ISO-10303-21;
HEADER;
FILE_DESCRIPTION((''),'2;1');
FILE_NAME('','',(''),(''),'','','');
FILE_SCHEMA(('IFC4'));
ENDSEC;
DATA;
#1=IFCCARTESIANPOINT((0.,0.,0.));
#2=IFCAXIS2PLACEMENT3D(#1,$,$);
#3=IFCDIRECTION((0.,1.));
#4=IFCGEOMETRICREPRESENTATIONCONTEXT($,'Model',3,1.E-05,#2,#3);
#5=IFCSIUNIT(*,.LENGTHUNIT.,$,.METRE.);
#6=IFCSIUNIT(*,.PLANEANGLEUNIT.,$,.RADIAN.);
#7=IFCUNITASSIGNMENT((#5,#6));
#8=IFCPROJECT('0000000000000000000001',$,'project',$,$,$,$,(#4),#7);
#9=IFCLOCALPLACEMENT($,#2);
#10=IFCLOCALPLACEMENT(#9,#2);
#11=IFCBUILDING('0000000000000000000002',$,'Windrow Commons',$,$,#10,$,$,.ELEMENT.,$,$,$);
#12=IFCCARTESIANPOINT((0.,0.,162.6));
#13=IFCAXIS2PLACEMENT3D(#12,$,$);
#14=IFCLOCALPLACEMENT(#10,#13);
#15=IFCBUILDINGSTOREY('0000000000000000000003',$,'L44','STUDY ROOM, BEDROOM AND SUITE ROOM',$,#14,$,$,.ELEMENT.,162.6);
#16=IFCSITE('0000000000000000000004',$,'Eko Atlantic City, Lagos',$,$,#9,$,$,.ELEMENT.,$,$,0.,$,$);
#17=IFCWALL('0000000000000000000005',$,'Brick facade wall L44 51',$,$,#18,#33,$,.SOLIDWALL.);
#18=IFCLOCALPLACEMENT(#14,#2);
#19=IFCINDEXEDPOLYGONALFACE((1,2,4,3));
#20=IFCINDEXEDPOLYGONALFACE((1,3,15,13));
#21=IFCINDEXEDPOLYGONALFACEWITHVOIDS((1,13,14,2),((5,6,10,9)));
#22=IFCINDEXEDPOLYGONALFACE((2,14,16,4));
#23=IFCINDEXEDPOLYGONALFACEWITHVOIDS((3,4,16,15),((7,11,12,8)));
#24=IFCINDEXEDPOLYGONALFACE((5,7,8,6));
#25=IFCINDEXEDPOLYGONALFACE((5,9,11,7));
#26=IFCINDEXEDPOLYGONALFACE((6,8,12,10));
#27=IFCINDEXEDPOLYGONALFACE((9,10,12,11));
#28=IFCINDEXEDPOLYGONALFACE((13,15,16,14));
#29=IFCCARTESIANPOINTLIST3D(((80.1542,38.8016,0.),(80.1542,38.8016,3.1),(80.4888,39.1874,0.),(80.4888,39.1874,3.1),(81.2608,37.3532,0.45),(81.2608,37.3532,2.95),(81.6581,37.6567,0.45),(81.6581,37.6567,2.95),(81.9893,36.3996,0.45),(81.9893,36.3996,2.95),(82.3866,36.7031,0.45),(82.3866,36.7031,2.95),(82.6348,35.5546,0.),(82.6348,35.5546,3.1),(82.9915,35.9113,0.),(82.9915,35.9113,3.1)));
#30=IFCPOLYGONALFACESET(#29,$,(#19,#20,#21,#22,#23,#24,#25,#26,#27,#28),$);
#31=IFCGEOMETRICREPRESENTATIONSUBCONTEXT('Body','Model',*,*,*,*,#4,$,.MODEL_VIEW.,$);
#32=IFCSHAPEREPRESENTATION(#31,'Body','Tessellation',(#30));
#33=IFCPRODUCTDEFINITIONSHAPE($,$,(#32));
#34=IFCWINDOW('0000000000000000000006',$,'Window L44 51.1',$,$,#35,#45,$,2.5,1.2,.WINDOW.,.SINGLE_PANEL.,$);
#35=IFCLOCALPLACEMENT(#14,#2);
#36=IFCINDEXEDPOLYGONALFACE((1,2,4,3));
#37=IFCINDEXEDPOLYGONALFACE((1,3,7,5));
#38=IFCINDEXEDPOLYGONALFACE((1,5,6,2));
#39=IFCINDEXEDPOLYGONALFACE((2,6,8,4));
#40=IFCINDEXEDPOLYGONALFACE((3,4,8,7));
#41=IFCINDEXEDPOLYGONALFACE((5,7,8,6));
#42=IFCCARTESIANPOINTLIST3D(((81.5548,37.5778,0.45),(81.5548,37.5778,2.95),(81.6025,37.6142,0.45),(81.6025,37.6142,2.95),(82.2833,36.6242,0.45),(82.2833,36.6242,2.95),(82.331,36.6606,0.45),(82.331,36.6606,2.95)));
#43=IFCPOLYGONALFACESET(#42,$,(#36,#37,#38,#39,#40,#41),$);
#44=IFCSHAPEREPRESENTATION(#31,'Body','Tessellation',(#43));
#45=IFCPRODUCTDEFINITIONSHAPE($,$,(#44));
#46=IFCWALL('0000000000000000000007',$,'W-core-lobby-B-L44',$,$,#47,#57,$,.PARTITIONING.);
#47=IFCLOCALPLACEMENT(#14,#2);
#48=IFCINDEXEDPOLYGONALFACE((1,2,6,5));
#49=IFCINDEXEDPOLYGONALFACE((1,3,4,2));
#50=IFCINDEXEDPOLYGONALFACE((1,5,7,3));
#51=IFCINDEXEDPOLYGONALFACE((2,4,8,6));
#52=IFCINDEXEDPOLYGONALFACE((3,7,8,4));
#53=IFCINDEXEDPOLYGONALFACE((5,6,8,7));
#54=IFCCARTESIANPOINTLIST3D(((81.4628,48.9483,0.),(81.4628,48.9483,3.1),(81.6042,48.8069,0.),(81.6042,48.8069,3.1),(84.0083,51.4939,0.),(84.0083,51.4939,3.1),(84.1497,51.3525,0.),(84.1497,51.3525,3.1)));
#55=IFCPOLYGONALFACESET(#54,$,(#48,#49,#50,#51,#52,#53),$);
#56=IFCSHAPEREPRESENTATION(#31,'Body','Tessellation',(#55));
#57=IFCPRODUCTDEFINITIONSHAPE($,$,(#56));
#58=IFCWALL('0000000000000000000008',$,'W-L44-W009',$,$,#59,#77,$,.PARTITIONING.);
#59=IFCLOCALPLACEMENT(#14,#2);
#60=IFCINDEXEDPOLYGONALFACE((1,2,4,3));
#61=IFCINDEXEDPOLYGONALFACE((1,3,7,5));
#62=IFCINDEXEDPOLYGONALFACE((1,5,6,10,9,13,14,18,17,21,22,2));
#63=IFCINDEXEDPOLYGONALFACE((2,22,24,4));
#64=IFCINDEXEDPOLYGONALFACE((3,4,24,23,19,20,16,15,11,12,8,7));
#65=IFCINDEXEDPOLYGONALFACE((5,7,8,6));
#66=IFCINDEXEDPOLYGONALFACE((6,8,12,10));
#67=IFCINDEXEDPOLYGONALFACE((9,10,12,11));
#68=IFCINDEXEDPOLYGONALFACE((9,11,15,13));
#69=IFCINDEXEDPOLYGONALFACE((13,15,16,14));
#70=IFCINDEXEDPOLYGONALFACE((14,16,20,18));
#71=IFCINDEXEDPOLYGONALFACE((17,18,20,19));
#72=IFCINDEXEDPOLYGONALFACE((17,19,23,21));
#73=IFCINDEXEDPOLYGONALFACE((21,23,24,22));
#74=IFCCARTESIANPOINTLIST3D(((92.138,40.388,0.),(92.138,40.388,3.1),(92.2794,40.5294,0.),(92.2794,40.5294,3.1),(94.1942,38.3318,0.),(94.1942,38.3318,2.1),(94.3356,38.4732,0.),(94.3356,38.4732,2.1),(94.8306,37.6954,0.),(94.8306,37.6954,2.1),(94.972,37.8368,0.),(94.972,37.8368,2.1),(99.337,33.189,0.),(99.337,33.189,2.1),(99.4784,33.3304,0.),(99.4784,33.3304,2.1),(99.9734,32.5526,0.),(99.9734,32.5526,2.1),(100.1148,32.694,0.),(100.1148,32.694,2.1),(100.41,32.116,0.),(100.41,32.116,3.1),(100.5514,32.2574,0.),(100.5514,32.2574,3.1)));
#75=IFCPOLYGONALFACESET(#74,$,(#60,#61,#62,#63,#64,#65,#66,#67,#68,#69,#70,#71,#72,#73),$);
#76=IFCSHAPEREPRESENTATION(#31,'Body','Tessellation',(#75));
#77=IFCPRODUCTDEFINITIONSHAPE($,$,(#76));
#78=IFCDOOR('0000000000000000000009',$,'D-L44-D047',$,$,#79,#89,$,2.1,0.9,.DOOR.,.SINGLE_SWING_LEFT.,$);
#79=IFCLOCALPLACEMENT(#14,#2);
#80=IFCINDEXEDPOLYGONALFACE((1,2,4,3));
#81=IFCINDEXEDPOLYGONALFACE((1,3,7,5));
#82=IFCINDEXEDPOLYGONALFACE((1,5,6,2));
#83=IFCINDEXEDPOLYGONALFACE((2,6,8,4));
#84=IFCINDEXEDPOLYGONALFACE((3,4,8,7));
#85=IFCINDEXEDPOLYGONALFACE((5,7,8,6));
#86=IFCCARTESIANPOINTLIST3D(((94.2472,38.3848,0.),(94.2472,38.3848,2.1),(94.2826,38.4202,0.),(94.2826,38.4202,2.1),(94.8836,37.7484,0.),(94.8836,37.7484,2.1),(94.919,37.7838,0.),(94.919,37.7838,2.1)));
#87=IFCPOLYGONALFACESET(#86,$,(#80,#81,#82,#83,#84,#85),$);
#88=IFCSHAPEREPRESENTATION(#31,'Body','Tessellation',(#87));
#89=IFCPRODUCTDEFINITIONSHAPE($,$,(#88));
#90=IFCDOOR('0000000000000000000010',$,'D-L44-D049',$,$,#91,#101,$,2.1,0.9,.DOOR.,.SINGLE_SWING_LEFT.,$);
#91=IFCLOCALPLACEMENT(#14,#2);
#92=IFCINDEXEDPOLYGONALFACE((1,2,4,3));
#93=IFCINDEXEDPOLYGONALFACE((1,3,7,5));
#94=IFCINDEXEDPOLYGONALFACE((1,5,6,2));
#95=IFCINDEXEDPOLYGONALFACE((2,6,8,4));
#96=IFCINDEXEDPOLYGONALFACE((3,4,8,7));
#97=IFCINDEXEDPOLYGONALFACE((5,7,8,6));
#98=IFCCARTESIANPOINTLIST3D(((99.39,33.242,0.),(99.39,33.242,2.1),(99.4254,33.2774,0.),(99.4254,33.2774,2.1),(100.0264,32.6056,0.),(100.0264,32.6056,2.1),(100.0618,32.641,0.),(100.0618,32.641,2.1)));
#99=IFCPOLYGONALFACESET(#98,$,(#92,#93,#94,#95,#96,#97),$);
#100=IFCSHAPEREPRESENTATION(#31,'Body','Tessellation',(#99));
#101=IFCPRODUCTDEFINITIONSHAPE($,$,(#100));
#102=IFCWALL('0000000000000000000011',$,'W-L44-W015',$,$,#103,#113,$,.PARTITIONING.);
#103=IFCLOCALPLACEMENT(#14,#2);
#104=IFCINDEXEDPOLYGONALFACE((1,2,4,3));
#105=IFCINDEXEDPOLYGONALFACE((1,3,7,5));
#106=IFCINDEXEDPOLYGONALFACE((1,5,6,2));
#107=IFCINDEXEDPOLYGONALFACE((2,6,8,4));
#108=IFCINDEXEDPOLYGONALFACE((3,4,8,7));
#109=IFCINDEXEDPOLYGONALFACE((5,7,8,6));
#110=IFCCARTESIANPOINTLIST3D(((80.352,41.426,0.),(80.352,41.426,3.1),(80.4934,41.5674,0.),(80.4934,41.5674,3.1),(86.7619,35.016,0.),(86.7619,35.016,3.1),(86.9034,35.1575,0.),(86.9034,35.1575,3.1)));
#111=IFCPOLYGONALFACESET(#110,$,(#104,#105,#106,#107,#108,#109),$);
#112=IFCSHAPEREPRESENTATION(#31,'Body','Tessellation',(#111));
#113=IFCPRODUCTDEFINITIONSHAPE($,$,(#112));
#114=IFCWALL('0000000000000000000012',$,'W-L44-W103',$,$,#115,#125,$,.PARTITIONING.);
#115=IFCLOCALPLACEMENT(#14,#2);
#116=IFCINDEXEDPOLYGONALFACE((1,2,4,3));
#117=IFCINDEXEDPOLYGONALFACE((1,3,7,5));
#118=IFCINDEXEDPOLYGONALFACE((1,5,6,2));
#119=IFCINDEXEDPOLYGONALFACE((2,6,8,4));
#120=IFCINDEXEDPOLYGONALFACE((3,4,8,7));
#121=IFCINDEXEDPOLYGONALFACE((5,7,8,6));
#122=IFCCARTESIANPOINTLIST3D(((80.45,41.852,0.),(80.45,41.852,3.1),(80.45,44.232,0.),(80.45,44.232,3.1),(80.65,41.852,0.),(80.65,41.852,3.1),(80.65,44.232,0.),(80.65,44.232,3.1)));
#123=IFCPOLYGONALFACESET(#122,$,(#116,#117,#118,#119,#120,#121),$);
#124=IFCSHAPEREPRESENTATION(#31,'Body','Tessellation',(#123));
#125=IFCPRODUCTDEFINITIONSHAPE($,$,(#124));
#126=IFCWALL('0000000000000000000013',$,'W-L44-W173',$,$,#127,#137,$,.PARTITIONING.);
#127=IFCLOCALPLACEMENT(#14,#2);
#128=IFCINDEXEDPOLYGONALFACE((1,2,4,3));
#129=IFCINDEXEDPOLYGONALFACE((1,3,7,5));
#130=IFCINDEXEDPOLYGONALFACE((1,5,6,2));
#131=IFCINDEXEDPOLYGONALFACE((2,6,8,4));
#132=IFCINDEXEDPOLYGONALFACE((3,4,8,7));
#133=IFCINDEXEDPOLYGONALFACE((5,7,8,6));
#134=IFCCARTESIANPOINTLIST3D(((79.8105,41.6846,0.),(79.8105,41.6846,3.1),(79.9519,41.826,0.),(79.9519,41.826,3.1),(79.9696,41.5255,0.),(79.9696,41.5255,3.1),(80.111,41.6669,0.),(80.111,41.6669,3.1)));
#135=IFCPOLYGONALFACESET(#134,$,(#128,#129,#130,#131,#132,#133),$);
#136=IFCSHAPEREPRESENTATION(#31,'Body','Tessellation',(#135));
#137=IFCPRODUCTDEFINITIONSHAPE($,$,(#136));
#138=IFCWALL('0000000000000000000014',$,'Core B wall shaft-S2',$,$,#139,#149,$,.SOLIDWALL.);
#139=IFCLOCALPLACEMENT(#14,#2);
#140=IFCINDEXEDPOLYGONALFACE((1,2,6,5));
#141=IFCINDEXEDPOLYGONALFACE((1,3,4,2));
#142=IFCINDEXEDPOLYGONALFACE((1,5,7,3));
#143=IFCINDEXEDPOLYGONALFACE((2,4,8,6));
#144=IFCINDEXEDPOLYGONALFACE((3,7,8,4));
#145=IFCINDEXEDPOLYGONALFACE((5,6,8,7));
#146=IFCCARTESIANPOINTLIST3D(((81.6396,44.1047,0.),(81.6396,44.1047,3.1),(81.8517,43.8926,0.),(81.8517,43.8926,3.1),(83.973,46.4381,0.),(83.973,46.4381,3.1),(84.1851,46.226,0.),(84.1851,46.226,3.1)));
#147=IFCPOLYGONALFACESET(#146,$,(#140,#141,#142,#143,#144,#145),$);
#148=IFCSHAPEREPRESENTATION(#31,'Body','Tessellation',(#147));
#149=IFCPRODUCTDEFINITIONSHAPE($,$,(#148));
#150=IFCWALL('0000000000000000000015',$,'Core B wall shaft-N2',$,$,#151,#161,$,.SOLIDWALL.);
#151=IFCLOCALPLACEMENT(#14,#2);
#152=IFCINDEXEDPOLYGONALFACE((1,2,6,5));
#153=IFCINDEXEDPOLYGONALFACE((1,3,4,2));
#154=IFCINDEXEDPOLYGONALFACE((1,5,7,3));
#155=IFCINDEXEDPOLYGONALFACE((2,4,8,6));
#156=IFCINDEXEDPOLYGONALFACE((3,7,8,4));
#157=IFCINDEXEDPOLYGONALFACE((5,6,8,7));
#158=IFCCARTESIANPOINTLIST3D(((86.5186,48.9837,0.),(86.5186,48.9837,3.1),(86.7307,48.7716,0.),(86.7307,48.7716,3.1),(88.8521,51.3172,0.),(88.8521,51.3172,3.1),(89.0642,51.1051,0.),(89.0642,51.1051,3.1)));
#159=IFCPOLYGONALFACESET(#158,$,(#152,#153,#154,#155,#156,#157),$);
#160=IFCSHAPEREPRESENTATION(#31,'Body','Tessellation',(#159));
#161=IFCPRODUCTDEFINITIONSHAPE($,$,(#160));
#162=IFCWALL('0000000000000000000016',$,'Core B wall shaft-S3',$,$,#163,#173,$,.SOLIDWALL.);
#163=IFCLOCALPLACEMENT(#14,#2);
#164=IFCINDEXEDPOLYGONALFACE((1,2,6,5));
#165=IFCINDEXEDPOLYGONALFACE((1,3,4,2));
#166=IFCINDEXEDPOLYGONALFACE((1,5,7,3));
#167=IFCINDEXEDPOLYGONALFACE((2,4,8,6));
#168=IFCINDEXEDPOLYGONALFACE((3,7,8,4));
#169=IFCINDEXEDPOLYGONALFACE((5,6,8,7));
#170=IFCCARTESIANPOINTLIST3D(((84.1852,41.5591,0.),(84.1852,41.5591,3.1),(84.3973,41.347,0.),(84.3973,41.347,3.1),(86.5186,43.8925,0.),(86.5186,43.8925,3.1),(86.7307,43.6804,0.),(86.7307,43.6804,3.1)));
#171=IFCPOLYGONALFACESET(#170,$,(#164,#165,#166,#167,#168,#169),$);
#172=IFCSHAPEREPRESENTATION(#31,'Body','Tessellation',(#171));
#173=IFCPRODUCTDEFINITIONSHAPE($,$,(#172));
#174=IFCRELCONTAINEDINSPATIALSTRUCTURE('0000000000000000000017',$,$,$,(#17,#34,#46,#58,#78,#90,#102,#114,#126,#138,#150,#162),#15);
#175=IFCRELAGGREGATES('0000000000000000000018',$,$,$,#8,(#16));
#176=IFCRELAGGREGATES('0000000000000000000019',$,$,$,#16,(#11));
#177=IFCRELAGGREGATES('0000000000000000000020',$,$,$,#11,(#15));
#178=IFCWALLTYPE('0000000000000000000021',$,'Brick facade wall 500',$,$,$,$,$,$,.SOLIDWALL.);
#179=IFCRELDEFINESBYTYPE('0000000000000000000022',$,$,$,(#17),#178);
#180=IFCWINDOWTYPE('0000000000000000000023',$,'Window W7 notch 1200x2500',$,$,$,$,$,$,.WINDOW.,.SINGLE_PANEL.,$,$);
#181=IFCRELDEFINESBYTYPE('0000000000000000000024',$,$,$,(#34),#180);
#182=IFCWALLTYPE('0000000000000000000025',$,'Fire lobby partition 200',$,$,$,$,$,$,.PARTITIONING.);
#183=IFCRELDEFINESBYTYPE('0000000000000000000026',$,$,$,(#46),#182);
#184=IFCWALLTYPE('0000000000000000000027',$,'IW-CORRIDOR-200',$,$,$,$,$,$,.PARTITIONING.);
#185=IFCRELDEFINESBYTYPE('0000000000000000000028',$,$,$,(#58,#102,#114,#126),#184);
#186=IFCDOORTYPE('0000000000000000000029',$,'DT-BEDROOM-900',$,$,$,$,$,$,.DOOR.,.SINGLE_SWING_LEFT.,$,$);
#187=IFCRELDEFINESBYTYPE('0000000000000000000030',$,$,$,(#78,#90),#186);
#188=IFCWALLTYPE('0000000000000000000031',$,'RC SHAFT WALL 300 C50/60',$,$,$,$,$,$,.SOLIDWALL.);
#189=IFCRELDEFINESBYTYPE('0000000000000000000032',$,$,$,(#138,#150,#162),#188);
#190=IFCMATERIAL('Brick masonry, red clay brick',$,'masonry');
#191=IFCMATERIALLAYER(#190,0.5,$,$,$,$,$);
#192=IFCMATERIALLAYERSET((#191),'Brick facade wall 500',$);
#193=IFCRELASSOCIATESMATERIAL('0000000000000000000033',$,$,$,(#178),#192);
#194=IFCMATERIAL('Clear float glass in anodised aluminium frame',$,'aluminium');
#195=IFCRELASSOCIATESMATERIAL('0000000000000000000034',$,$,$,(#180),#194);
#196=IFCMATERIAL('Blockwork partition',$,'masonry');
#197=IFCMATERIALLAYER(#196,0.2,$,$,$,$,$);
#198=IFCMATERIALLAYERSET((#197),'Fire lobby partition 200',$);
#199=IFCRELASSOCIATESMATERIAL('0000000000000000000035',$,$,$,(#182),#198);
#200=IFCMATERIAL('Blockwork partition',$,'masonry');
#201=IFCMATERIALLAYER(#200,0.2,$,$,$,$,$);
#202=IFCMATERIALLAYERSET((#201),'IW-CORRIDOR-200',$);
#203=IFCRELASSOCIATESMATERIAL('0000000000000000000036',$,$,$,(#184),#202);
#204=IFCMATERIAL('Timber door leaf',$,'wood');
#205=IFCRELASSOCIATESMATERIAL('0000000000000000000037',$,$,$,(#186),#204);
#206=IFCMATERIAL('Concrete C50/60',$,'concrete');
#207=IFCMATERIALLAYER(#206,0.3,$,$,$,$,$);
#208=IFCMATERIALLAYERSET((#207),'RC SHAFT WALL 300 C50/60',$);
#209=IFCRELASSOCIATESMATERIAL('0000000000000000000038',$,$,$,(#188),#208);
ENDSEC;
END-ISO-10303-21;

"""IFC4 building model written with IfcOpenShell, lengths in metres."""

from ifc_helpers import new_model, si_unit, direction, frame, frame_2d, origin, place, context, subcontext, project, spatial, polyline, rectangle, outline, extrude, material, layer, layer_set, type_object, element, fill, save


model = new_model("IFC4")

# Units and contexts
model_context = context("Model", 3, precision=1e-05, world=origin(), true_north=direction((0.0, 1.0)))
body_context = subcontext(model_context, "Body", "Model", "MODEL_VIEW")
ifc_project = project(units=[si_unit("LENGTHUNIT", "METRE"), si_unit("PLANEANGLEUNIT", "RADIAN")], contexts=[model_context])

# Site, building, storey
site_placement = place(None, origin())
site = spatial("IfcSite", under=ifc_project, at=site_placement, Name="Eko Atlantic City, Lagos", CompositionType="ELEMENT", RefElevation=0.0)
building_placement = place(site_placement, origin())
building = spatial("IfcBuilding", under=site, at=building_placement, Name="Windrow Commons", CompositionType="ELEMENT")
storey_placement = place(building_placement, frame((0.0, 0.0, 162.6)))
storey = spatial("IfcBuildingStorey", under=building, at=storey_placement, Name="L44", Description="STUDY ROOM, BEDROOM AND SUITE ROOM", CompositionType="ELEMENT", Elevation=162.6)

# Wall, opening, window
ifc_material_1 = material(Name="Brick masonry, red clay brick", Category="masonry")
ifc_layer_1 = layer(ifc_material_1, 0.5)
ifc_layer_set_1 = layer_set([ifc_layer_1], Name="Brick facade wall 500")
wall_type_1 = type_object("IfcWallType", Name="Brick facade wall 500", PredefinedType="SOLIDWALL", material=ifc_layer_set_1)
wall_1_placement = place(storey_placement, frame((80.3215, 38.9945, 0.0), z_axis=(0.0, 0.0, 1.0), x_axis=(0.607071, -0.794648, 0.0)))
wall_1 = element("IfcWall", 1, at=wall_1_placement, inside=storey, type_object=wall_type_1, Name="Brick facade wall L44 51", PredefinedType="SOLIDWALL", context=body_context, shape_type="SweptSolid", body=[
    extrude(outline(polyline([(0.0517, -0.25), (4.1379, -0.25), (4.071, 0.25), (-0.0517, 0.25), (0.0517, -0.25)])), origin(), (0.0, 0.0, 1.0), 3.1),
])
opening_1_placement = place(wall_1_placement, frame((1.8745, 0.0, 0.45)))
opening_1 = element("IfcOpeningElement", 2, at=opening_1_placement, cuts=wall_1, PredefinedType="OPENING", context=body_context, shape_type="SweptSolid", body=[
    extrude(rectangle(XDim=1.2, YDim=2.5, at=frame_2d((0.6, 1.25))), frame((0.0, 0.26, 0.0), z_axis=(0.0, -1.0, 0.0), x_axis=(1.0, 0.0, 0.0)), (0.0, 0.0, 1.0), 0.52),
])
ifc_material_2 = material(Name="Clear float glass in anodised aluminium frame", Category="aluminium")
window_type = type_object("IfcWindowType", Name="Window W7 notch 1200x2500", PartitioningType="SINGLE_PANEL", PredefinedType="WINDOW", material=ifc_material_2)
window_placement = place(opening_1_placement, origin())
window = element("IfcWindow", 3, at=window_placement, inside=storey, type_object=window_type, Name="Window L44 51.1", OverallHeight=2.5, OverallWidth=1.2, PartitioningType="SINGLE_PANEL", PredefinedType="WINDOW", context=body_context, shape_type="SweptSolid", body=[
    extrude(rectangle(XDim=1.2, YDim=2.5, at=frame_2d((0.6, 1.25))), frame((0.0, 0.18, 0.0), z_axis=(0.0, -1.0, 0.0), x_axis=(1.0, 0.0, 0.0)), (0.0, 0.0, 1.0), 0.06),
])
fill(opening_1, window)

# Wall
ifc_material_3 = material(Name="Blockwork partition", Category="masonry")
ifc_layer_2 = layer(ifc_material_3, 0.2)
ifc_layer_set_2 = layer_set([ifc_layer_2], Name="Fire lobby partition 200")
wall_type_2 = type_object("IfcWallType", Name="Fire lobby partition 200", PredefinedType="PARTITIONING", material=ifc_layer_set_2)
wall_2_placement = place(storey_placement, frame((81.5335, 48.8776, 0.0), z_axis=(0.0, 0.0, 1.0), x_axis=(0.707093, 0.707121, 0.0)))
element("IfcWall", 4, at=wall_2_placement, inside=storey, type_object=wall_type_2, Name="W-core-lobby-B-L44", PredefinedType="PARTITIONING", context=body_context, shape_type="SweptSolid", body=[
    extrude(rectangle(XDim=3.6, YDim=0.2, at=frame_2d((1.8, 0.0))), origin(), (0.0, 0.0, 1.0), 3.1),
])

# Wall, openings, doors
ifc_material_4 = material(Name="Blockwork partition", Category="masonry")
ifc_layer_3 = layer(ifc_material_4, 0.2)
ifc_layer_set_3 = layer_set([ifc_layer_3], Name="IW-CORRIDOR-200")
wall_type_3 = type_object("IfcWallType", Name="IW-CORRIDOR-200", PredefinedType="PARTITIONING", material=ifc_layer_set_3)
wall_3_placement = place(storey_placement, frame((92.2087, 40.4587, 0.0), z_axis=(0.0, 0.0, 1.0), x_axis=(0.707107, -0.707107, 0.0)))
wall_3 = element("IfcWall", 5, at=wall_3_placement, inside=storey, type_object=wall_type_3, Name="W-L44-W009", PredefinedType="PARTITIONING", context=body_context, shape_type="SweptSolid", body=[
    extrude(rectangle(XDim=11.6984, YDim=0.2, at=frame_2d((5.8492, 0.0))), origin(), (0.0, 0.0, 1.0), 3.1),
])
opening_2_placement = place(wall_3_placement, frame((2.9079, 0.0, 0.0)))
opening_2 = element("IfcOpeningElement", 6, at=opening_2_placement, cuts=wall_3, PredefinedType="OPENING", context=body_context, shape_type="SweptSolid", body=[
    extrude(rectangle(XDim=0.9, YDim=2.1, at=frame_2d((0.45, 1.05))), frame((0.0, 0.11, 0.0), z_axis=(0.0, -1.0, 0.0), x_axis=(1.0, 0.0, 0.0)), (0.0, 0.0, 1.0), 0.22),
])
opening_3_placement = place(wall_3_placement, frame((10.1809, 0.0, 0.0)))
opening_3 = element("IfcOpeningElement", 7, at=opening_3_placement, cuts=wall_3, PredefinedType="OPENING", context=body_context, shape_type="SweptSolid", body=[
    extrude(rectangle(XDim=0.9, YDim=2.1, at=frame_2d((0.45, 1.05))), frame((0.0, 0.11, 0.0), z_axis=(0.0, -1.0, 0.0), x_axis=(1.0, 0.0, 0.0)), (0.0, 0.0, 1.0), 0.22),
])
ifc_material_5 = material(Name="Timber door leaf", Category="wood")
door_type = type_object("IfcDoorType", Name="DT-BEDROOM-900", OperationType="SINGLE_SWING_LEFT", PredefinedType="DOOR", material=ifc_material_5)
door_1_placement = place(opening_2_placement, origin())
door_1 = element("IfcDoor", 8, at=door_1_placement, inside=storey, type_object=door_type, Name="D-L44-D047", OperationType="SINGLE_SWING_LEFT", OverallHeight=2.1, OverallWidth=0.9, PredefinedType="DOOR", context=body_context, shape_type="SweptSolid", body=[
    extrude(rectangle(XDim=0.9, YDim=2.1, at=frame_2d((0.45, 1.05))), frame((0.0, 0.025, 0.0), z_axis=(0.0, -1.0, 0.0), x_axis=(1.0, 0.0, 0.0)), (0.0, 0.0, 1.0), 0.05),
])
fill(opening_2, door_1)
door_2_placement = place(opening_3_placement, origin())
door_2 = element("IfcDoor", 9, at=door_2_placement, inside=storey, type_object=door_type, Name="D-L44-D049", OperationType="SINGLE_SWING_LEFT", OverallHeight=2.1, OverallWidth=0.9, PredefinedType="DOOR", context=body_context, shape_type="SweptSolid", body=[
    extrude(rectangle(XDim=0.9, YDim=2.1, at=frame_2d((0.45, 1.05))), frame((0.0, 0.025, 0.0), z_axis=(0.0, -1.0, 0.0), x_axis=(1.0, 0.0, 0.0)), (0.0, 0.0, 1.0), 0.05),
])
fill(opening_3, door_2)

# Walls
wall_4_placement = place(storey_placement, frame((80.4227, 41.4967, 0.0), z_axis=(0.0, 0.0, 1.0), x_axis=(0.707107, -0.707107, 0.0)))
element("IfcWall", 10, at=wall_4_placement, inside=storey, type_object=wall_type_3, Name="W-L44-W015", PredefinedType="PARTITIONING", context=body_context, shape_type="SweptSolid", body=[
    extrude(rectangle(XDim=9.0651, YDim=0.2, at=frame_2d((4.5325, 0.0))), origin(), (0.0, 0.0, 1.0), 3.1),
])
wall_5_placement = place(storey_placement, frame((80.55, 41.852, 0.0), z_axis=(0.0, 0.0, 1.0), x_axis=(0.0, 1.0, 0.0)))
element("IfcWall", 11, at=wall_5_placement, inside=storey, type_object=wall_type_3, Name="W-L44-W103", PredefinedType="PARTITIONING", context=body_context, shape_type="SweptSolid", body=[
    extrude(rectangle(XDim=2.38, YDim=0.2, at=frame_2d((1.19, 0.0))), origin(), (0.0, 0.0, 1.0), 3.1),
])
wall_6_placement = place(storey_placement, frame((79.8812, 41.7553, 0.0), z_axis=(0.0, 0.0, 1.0), x_axis=(0.707107, -0.707107, 0.0)))
element("IfcWall", 12, at=wall_6_placement, inside=storey, type_object=wall_type_3, Name="W-L44-W173", PredefinedType="PARTITIONING", context=body_context, shape_type="SweptSolid", body=[
    extrude(rectangle(XDim=0.225, YDim=0.2, at=frame_2d((0.1125, 0.0))), origin(), (0.0, 0.0, 1.0), 3.1),
])
ifc_material_6 = material(Name="Concrete C50/60", Category="concrete")
ifc_layer_4 = layer(ifc_material_6, 0.3)
ifc_layer_set_4 = layer_set([ifc_layer_4], Name="RC SHAFT WALL 300 C50/60")
wall_type_4 = type_object("IfcWallType", Name="RC SHAFT WALL 300 C50/60", PredefinedType="SOLIDWALL", material=ifc_layer_set_4)
wall_7_placement = place(storey_placement, frame((81.7456, 43.9986, 0.0), z_axis=(0.0, 0.0, 1.0), x_axis=(0.707107, 0.707107, 0.0)))
element("IfcWall", 13, at=wall_7_placement, inside=storey, type_object=wall_type_4, Name="Core B wall shaft-S2", PredefinedType="SOLIDWALL", context=body_context, shape_type="SweptSolid", body=[
    extrude(rectangle(XDim=3.2999, YDim=0.3, at=frame_2d((1.65, 0.0))), origin(), (0.0, 0.0, 1.0), 3.1),
])
wall_8_placement = place(storey_placement, frame((86.6246, 48.8776, 0.0), z_axis=(0.0, 0.0, 1.0), x_axis=(0.707107, 0.707107, 0.0)))
element("IfcWall", 14, at=wall_8_placement, inside=storey, type_object=wall_type_4, Name="Core B wall shaft-N2", PredefinedType="SOLIDWALL", context=body_context, shape_type="SweptSolid", body=[
    extrude(rectangle(XDim=3.3001, YDim=0.3, at=frame_2d((1.6501, 0.0))), origin(), (0.0, 0.0, 1.0), 3.1),
])
wall_9_placement = place(storey_placement, frame((84.2912, 41.453, 0.0), z_axis=(0.0, 0.0, 1.0), x_axis=(0.707107, 0.707107, 0.0)))
element("IfcWall", 15, at=wall_9_placement, inside=storey, type_object=wall_type_4, Name="Core B wall shaft-S3", PredefinedType="SOLIDWALL", context=body_context, shape_type="SweptSolid", body=[
    extrude(rectangle(XDim=3.2999, YDim=0.3, at=frame_2d((1.65, 0.0))), origin(), (0.0, 0.0, 1.0), 3.1),
])

save(model, "model.ifc")
